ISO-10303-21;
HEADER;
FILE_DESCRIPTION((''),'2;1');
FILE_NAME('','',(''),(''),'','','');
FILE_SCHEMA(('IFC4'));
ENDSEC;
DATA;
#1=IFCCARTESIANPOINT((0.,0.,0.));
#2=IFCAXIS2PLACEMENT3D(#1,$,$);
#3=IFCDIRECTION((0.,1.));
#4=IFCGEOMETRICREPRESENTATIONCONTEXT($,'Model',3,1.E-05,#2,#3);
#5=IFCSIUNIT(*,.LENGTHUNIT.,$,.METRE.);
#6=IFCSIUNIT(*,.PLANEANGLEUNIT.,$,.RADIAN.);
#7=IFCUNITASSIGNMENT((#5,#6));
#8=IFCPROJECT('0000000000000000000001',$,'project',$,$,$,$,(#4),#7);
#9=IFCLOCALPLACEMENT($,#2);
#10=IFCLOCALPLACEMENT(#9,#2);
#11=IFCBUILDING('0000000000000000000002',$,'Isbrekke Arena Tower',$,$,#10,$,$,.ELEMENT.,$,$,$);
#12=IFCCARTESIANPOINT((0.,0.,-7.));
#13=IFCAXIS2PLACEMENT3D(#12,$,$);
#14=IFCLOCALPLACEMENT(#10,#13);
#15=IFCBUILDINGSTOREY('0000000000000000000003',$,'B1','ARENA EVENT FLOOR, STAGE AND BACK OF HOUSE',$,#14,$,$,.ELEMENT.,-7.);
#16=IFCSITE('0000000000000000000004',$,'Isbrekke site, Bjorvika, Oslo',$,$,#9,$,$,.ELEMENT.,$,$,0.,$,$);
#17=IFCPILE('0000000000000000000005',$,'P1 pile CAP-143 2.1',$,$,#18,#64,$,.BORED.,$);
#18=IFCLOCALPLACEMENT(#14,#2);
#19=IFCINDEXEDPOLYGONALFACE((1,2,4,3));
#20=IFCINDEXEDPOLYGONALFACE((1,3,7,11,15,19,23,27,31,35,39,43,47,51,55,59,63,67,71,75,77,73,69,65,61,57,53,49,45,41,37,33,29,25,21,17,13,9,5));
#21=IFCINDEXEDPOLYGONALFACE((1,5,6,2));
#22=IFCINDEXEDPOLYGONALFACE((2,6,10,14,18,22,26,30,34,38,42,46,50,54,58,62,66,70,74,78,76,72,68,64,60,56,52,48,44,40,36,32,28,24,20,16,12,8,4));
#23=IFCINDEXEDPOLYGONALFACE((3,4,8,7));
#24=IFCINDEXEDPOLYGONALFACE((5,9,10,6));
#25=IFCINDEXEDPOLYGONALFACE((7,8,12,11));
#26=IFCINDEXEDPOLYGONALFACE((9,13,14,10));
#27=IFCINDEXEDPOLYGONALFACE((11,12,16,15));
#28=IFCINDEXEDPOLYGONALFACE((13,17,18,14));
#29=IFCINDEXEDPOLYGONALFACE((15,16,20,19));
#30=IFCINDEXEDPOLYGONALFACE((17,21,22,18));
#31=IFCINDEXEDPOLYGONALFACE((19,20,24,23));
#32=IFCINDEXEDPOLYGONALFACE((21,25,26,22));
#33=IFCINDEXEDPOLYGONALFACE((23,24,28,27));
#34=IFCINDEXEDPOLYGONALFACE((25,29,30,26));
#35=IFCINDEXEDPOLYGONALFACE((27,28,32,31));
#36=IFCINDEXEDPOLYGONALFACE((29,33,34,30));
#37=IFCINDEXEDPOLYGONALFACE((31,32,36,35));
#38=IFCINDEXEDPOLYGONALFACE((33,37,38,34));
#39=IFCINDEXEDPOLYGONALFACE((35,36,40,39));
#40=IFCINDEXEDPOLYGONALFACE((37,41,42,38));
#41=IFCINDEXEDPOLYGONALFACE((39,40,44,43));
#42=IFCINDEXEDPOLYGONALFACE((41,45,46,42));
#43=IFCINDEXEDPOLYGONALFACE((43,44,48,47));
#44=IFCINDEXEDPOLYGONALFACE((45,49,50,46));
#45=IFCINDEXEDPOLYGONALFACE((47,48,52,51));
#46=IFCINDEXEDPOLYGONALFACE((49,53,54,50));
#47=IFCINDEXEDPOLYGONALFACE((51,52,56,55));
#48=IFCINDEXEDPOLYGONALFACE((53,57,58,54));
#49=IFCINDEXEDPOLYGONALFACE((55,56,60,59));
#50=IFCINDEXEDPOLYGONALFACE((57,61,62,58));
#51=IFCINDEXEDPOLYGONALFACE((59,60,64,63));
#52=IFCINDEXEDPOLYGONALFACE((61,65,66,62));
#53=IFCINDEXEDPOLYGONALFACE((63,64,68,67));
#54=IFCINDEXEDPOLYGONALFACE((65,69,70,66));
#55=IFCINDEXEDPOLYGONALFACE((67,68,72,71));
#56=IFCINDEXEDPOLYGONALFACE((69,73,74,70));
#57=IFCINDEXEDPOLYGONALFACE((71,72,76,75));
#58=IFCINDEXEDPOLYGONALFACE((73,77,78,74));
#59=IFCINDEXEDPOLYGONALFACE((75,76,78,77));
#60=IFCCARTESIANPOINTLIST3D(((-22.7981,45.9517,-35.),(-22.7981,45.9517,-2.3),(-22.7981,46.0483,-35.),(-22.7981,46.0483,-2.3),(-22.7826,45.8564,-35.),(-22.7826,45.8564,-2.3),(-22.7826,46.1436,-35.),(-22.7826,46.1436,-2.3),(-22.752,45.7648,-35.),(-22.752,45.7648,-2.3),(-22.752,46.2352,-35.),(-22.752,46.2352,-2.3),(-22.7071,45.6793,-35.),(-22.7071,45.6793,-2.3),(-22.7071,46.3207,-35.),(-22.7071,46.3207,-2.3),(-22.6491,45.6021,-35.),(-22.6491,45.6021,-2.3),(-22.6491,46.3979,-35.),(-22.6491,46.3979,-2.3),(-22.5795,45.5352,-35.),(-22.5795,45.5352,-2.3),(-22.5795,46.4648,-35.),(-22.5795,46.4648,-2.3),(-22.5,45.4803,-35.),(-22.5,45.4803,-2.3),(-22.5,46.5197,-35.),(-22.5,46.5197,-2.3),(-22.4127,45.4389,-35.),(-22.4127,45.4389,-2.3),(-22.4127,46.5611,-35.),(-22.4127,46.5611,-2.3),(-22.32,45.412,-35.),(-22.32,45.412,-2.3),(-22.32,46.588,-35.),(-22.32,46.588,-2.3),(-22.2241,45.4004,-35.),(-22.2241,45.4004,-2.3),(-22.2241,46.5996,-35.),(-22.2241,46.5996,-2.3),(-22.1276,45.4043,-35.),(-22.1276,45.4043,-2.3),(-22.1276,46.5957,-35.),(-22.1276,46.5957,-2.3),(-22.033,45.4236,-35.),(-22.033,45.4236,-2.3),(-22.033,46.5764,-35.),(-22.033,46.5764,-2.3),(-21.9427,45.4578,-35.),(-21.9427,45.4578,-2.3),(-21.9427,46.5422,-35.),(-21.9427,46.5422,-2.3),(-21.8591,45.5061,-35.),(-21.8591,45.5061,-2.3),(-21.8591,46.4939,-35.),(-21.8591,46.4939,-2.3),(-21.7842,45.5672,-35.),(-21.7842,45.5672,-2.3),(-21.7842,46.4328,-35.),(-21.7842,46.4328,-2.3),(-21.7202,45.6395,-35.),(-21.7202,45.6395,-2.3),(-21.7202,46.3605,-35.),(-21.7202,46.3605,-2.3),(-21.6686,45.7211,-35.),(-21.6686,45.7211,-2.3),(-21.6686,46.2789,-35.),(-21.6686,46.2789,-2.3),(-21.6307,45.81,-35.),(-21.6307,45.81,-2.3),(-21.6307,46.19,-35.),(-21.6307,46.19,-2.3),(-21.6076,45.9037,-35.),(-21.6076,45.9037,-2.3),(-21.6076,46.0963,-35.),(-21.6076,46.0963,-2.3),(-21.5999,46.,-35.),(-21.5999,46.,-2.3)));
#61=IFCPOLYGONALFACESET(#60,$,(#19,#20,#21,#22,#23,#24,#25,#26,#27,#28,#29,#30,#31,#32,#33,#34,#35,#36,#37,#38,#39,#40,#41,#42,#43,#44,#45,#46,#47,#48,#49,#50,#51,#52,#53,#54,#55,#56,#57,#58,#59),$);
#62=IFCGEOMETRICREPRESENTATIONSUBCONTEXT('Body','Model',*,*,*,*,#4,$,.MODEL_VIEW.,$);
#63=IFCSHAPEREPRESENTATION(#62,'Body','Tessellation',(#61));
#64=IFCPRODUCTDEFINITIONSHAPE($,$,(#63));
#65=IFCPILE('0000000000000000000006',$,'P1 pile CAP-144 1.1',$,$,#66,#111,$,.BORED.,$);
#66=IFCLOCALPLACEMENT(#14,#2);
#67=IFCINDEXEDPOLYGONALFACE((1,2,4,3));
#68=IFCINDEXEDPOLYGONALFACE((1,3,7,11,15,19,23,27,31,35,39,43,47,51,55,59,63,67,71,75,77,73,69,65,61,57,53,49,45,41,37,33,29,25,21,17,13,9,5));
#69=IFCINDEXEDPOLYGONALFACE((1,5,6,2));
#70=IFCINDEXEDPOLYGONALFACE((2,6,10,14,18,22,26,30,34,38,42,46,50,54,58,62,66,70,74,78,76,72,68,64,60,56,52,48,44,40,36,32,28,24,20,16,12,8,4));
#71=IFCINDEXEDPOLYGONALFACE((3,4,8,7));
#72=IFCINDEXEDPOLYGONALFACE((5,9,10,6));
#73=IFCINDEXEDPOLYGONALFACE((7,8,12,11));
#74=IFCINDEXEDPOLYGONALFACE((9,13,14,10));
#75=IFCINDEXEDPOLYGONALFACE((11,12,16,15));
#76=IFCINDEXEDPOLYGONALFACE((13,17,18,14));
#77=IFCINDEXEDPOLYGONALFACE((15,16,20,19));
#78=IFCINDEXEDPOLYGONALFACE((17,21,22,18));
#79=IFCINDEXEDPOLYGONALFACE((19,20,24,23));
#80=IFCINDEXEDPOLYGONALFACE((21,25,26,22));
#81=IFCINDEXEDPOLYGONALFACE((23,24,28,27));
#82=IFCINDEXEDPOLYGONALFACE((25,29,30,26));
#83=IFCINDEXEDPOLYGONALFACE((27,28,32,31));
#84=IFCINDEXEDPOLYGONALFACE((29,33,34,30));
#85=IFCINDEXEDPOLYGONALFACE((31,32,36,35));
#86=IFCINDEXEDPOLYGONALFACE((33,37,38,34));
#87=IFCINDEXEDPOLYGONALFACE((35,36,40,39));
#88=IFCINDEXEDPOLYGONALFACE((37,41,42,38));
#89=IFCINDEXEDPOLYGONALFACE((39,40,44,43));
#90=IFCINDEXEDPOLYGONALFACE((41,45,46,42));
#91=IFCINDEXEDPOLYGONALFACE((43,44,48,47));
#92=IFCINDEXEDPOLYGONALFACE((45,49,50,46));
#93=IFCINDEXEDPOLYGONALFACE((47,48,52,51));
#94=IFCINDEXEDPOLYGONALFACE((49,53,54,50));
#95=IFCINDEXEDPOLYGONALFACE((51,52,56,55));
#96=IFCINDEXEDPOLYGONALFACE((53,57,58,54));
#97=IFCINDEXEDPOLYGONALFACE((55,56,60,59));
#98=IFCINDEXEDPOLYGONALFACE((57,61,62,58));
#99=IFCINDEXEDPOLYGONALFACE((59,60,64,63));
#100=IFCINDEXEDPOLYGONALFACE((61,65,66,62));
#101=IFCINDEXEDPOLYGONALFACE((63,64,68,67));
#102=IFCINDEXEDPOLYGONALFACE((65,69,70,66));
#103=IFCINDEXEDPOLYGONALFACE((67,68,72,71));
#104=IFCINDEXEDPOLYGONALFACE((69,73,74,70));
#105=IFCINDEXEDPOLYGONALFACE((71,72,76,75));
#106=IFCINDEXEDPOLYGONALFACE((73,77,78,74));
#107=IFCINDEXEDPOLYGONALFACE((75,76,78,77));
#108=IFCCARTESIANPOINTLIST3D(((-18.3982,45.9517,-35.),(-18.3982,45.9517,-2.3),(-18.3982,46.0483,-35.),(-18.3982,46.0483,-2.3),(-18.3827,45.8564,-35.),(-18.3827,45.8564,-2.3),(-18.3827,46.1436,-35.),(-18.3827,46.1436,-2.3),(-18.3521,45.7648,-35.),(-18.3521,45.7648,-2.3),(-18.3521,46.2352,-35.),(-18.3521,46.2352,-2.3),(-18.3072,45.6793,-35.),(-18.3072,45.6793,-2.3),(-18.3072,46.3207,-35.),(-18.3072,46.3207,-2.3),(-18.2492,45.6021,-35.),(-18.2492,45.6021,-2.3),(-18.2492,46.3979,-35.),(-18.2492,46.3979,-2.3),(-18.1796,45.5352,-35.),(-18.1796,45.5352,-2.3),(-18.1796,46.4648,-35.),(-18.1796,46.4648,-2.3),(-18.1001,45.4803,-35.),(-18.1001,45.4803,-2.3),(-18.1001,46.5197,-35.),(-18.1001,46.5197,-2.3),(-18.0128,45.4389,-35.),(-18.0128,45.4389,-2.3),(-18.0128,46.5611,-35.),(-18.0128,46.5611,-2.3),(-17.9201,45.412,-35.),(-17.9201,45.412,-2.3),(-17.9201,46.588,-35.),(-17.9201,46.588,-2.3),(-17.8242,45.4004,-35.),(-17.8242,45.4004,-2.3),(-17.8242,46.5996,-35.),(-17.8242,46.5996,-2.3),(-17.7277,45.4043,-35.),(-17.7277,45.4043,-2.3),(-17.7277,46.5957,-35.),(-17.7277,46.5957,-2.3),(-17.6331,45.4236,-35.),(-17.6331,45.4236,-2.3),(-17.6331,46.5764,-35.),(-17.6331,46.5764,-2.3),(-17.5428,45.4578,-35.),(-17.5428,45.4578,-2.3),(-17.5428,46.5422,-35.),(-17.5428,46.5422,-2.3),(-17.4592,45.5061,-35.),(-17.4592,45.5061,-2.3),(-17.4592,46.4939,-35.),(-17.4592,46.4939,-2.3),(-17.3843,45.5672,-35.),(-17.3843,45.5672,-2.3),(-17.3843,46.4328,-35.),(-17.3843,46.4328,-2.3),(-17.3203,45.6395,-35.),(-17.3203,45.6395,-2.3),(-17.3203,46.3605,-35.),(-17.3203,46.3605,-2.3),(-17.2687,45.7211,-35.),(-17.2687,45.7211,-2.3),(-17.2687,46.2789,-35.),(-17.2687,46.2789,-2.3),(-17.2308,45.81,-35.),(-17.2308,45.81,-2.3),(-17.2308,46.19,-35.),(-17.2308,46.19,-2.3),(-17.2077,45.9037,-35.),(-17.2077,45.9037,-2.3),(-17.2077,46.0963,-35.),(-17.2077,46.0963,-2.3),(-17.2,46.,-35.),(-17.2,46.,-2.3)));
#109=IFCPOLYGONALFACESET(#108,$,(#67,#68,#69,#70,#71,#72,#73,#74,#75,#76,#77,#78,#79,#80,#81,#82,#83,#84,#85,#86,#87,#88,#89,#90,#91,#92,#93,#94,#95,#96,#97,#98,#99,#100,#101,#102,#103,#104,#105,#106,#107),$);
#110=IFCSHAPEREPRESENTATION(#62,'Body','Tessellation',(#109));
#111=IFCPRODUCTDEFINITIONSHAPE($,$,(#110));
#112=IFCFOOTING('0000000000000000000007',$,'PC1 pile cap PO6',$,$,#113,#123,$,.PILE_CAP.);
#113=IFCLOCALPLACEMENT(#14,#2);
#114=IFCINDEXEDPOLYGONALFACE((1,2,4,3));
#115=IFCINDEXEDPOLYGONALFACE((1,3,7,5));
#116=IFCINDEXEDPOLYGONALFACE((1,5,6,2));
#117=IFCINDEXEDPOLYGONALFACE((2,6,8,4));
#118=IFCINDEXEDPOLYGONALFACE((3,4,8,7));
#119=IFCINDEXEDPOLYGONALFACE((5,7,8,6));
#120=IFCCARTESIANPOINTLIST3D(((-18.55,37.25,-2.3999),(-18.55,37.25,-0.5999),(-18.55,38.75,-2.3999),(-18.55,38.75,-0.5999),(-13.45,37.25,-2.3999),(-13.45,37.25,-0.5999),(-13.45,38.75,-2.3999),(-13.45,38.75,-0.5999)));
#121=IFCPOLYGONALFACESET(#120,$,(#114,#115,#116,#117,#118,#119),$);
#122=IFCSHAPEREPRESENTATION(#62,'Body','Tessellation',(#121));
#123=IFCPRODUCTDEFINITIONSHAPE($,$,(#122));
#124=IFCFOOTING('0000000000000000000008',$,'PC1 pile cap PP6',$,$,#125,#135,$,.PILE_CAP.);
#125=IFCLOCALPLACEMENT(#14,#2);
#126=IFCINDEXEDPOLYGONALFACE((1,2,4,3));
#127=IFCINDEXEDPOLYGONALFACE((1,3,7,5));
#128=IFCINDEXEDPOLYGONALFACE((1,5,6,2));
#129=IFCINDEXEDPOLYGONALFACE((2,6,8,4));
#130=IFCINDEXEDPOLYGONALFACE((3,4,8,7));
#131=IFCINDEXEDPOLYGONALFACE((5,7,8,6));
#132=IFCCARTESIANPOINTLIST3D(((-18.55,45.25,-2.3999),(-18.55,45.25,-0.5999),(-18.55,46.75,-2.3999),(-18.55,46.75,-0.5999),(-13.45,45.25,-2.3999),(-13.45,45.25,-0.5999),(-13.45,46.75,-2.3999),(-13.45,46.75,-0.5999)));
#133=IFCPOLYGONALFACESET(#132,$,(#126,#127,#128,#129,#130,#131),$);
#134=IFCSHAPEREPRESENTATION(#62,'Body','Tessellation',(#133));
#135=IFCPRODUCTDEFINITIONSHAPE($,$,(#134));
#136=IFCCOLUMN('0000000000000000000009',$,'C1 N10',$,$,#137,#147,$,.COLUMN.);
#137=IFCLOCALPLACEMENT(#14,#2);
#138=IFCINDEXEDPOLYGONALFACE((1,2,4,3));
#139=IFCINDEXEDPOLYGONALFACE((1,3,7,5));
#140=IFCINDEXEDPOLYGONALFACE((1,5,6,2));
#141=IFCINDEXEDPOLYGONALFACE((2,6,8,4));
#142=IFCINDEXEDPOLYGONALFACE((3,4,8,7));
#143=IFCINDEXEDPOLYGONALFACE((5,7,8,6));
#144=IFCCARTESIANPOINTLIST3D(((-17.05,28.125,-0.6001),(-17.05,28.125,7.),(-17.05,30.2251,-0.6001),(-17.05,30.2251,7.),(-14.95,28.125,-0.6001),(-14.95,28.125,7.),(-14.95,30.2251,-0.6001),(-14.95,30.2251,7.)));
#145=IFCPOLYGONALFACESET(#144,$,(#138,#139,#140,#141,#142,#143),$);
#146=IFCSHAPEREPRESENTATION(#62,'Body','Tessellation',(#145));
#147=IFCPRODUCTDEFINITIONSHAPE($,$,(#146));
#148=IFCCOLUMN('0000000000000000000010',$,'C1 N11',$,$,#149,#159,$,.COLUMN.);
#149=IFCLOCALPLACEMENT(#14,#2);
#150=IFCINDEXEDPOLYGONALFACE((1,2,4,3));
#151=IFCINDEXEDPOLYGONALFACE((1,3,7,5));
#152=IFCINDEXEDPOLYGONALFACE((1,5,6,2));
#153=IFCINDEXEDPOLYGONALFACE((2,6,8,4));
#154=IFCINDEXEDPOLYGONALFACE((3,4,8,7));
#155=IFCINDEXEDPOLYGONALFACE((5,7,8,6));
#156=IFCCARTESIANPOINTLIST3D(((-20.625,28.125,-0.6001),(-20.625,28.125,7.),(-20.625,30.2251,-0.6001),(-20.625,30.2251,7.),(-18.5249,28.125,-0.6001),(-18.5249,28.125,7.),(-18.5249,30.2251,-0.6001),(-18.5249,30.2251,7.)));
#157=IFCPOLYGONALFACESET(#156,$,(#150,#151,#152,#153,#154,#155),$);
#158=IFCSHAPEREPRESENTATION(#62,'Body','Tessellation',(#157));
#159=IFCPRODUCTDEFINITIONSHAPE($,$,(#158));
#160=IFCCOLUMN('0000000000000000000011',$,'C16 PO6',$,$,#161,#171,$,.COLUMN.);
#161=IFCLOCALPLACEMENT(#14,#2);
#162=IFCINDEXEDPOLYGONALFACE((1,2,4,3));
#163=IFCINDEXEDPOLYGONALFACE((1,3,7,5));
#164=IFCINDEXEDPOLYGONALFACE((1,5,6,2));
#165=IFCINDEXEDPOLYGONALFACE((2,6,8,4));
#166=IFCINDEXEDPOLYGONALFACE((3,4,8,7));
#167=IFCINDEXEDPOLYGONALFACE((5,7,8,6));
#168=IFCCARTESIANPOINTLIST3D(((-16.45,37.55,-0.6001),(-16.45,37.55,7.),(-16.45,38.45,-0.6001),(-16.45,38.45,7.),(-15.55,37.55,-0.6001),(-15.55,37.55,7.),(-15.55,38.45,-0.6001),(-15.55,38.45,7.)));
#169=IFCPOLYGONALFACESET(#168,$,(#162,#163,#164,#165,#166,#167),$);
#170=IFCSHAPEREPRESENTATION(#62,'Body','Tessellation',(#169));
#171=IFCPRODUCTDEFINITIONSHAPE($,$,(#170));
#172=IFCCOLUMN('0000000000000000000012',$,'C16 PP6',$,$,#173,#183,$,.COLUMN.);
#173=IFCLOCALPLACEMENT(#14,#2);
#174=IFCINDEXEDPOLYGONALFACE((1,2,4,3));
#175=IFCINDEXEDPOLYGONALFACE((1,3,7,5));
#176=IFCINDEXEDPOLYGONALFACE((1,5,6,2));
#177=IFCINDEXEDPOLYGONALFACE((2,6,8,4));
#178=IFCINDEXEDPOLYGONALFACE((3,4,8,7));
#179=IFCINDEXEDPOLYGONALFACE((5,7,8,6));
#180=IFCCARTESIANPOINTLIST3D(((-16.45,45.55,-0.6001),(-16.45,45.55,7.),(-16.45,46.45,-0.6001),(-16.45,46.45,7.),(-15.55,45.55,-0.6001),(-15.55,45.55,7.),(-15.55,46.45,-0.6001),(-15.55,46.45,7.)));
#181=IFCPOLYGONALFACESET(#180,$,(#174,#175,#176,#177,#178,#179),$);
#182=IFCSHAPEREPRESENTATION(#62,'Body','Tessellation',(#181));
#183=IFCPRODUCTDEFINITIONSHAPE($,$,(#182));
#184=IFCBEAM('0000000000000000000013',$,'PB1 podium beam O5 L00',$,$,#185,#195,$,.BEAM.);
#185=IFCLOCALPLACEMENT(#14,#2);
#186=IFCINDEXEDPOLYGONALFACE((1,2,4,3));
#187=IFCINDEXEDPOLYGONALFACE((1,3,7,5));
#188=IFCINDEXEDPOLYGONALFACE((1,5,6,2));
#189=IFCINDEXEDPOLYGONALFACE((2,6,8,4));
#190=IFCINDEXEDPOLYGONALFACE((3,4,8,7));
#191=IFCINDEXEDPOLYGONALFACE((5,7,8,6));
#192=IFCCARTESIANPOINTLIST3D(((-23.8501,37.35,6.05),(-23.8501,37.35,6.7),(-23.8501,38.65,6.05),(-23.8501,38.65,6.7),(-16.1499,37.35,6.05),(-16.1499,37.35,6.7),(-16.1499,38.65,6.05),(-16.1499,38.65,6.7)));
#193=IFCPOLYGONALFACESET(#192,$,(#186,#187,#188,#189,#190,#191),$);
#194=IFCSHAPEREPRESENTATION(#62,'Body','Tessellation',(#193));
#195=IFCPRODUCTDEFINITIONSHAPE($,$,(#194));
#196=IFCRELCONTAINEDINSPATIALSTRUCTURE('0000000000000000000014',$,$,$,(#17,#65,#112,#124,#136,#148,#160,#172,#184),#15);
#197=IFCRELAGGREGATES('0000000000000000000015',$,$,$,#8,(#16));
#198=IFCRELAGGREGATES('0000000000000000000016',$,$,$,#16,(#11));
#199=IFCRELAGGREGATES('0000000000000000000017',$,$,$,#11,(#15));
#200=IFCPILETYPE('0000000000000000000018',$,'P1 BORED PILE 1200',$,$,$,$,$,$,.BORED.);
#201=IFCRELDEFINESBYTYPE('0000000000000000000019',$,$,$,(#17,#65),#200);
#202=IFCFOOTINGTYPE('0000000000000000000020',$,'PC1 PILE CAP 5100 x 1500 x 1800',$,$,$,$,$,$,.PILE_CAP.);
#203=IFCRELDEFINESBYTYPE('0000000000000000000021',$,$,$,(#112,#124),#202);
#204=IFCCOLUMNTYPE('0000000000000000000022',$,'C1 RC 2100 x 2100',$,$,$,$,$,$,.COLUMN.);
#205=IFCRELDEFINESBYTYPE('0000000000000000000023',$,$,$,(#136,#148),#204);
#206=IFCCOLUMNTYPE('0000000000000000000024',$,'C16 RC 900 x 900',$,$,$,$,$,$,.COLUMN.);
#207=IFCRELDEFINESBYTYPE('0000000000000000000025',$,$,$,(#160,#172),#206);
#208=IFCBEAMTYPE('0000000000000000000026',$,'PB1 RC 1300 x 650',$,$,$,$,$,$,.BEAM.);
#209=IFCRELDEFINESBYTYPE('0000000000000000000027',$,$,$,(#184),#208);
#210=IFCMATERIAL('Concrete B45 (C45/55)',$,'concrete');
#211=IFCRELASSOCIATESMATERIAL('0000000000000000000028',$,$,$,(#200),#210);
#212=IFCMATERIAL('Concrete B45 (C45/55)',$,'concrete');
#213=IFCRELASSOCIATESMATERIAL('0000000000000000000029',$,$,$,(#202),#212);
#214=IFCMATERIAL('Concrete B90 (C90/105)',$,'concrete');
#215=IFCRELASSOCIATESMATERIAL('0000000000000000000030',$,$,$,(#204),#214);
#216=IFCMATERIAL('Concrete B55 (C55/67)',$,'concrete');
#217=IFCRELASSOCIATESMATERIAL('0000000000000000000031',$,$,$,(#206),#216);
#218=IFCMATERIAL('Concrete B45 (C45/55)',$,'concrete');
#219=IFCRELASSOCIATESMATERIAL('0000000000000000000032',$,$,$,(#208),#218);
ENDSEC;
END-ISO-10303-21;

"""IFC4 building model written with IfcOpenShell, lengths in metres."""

from ifc_helpers import new_model, si_unit, direction, frame, origin, origin_2d, place, context, subcontext, project, spatial, rectangle, circle, extrude, material, material_profile, profile_set, type_object, element, save


model = new_model("IFC4")

# Units and contexts
model_context = context("Model", 3, precision=1e-05, world=origin(), true_north=direction((0.0, 1.0)))
body_context = subcontext(model_context, "Body", "Model", "MODEL_VIEW")
ifc_project = project(units=[si_unit("LENGTHUNIT", "METRE"), si_unit("PLANEANGLEUNIT", "RADIAN")], contexts=[model_context])

# Site, building, storey
site_placement = place(None, origin())
site = spatial("IfcSite", under=ifc_project, at=site_placement, Name="Isbrekke site, Bjorvika, Oslo", CompositionType="ELEMENT", RefElevation=0.0)
building_placement = place(site_placement, origin())
building = spatial("IfcBuilding", under=site, at=building_placement, Name="Isbrekke Arena Tower", CompositionType="ELEMENT")
storey_placement = place(building_placement, frame((0.0, 0.0, -7.0)))
storey = spatial("IfcBuildingStorey", under=building, at=storey_placement, Name="B1", Description="ARENA EVENT FLOOR, STAGE AND BACK OF HOUSE", CompositionType="ELEMENT", Elevation=-7.0)

# Piles
ifc_material_1 = material(Name="Concrete B45 (C45/55)", Category="concrete")
ifc_material_profile_1 = material_profile(ifc_material_1, circle(Radius=0.6001, at=origin_2d()), Name="BORED PILE D1200")
ifc_profile_set_1 = profile_set([ifc_material_profile_1], Name="Concrete B45 (C45/55)")
pile_type = type_object("IfcPileType", Name="P1 BORED PILE 1200", PredefinedType="BORED", material=ifc_profile_set_1)
for number, where, z_axis, x_axis, name in (
    (1, (-22.2, 46.0, -2.3), (0.0, 0.0, -1.0), (1.0, 0.0, 0.0), "P1 pile CAP-143 2.1"),
    (2, (-17.8, 46.0, -2.3), (0.0, 0.0, -1.0), (1.0, 0.0, 0.0), "P1 pile CAP-144 1.1"),
):
    element("IfcPile", number, at=place(storey_placement, frame(where, z_axis=z_axis, x_axis=x_axis)), inside=storey, type_object=pile_type, Name=name, PredefinedType="BORED", context=body_context, shape_type="SweptSolid", body=[
        extrude(circle(Radius=0.6001, at=origin_2d()), origin(), (0.0, 0.0, 1.0), 32.7),
    ])

# Footings
ifc_material_2 = material(Name="Concrete B45 (C45/55)", Category="concrete")
footing_type = type_object("IfcFootingType", Name="PC1 PILE CAP 5100 x 1500 x 1800", PredefinedType="PILE_CAP", material=ifc_material_2)
for number, where, z_axis, x_axis, name in (
    (3, (-16.0, 38.0, -2.3999), (0.0, 0.0, 1.0), (1.0, 0.0, 0.0), "PC1 pile cap PO6"),
    (4, (-16.0, 46.0, -2.3999), (0.0, 0.0, 1.0), (1.0, 0.0, 0.0), "PC1 pile cap PP6"),
):
    element("IfcFooting", number, at=place(storey_placement, frame(where, z_axis=z_axis, x_axis=x_axis)), inside=storey, type_object=footing_type, Name=name, PredefinedType="PILE_CAP", context=body_context, shape_type="SweptSolid", body=[
        extrude(rectangle(XDim=5.1001, YDim=1.5, at=origin_2d()), origin(), (0.0, 0.0, 1.0), 1.8),
    ])

# Columns
ifc_material_3 = material(Name="Concrete B90 (C90/105)", Category="concrete")
ifc_material_profile_2 = material_profile(ifc_material_3, rectangle(XDim=2.1001, YDim=2.1001, at=origin_2d()), Name="RC 2100x2100")
ifc_profile_set_2 = profile_set([ifc_material_profile_2], Name="Concrete B90 (C90/105)")
column_type_1 = type_object("IfcColumnType", Name="C1 RC 2100 x 2100", PredefinedType="COLUMN", material=ifc_profile_set_2)
for number, where, z_axis, x_axis, name in (
    (5, (-16.0, 29.175, -0.6001), (0.0, 0.0, 1.0), (-1.0, 0.0, 0.0), "C1 N10"),
    (6, (-19.575, 29.175, -0.6001), (0.0, 0.0, 1.0), (-1.0, 0.0, 0.0), "C1 N11"),
):
    element("IfcColumn", number, at=place(storey_placement, frame(where, z_axis=z_axis, x_axis=x_axis)), inside=storey, type_object=column_type_1, Name=name, PredefinedType="COLUMN", context=body_context, shape_type="SweptSolid", body=[
        extrude(rectangle(XDim=2.1001, YDim=2.1001, at=origin_2d()), origin(), (0.0, 0.0, 1.0), 7.6001),
    ])
ifc_material_4 = material(Name="Concrete B55 (C55/67)", Category="concrete")
ifc_material_profile_3 = material_profile(ifc_material_4, rectangle(XDim=0.8999, YDim=0.8999, at=origin_2d()), Name="RC 900x900")
ifc_profile_set_3 = profile_set([ifc_material_profile_3], Name="Concrete B55 (C55/67)")
column_type_2 = type_object("IfcColumnType", Name="C16 RC 900 x 900", PredefinedType="COLUMN", material=ifc_profile_set_3)
for number, where, z_axis, x_axis, name in (
    (7, (-16.0, 38.0, -0.6001), (0.0, 0.0, 1.0), (1.0, 0.0, 0.0), "C16 PO6"),
    (8, (-16.0, 46.0, -0.6001), (0.0, 0.0, 1.0), (1.0, 0.0, 0.0), "C16 PP6"),
):
    element("IfcColumn", number, at=place(storey_placement, frame(where, z_axis=z_axis, x_axis=x_axis)), inside=storey, type_object=column_type_2, Name=name, PredefinedType="COLUMN", context=body_context, shape_type="SweptSolid", body=[
        extrude(rectangle(XDim=0.8999, YDim=0.8999, at=origin_2d()), origin(), (0.0, 0.0, 1.0), 7.6001),
    ])

# Beam
ifc_material_5 = material(Name="Concrete B45 (C45/55)", Category="concrete")
ifc_material_profile_4 = material_profile(ifc_material_5, rectangle(XDim=1.3, YDim=0.6499, at=origin_2d()), Name="RC 1300x650")
ifc_profile_set_4 = profile_set([ifc_material_profile_4], Name="Concrete B45 (C45/55)")
beam_type = type_object("IfcBeamType", Name="PB1 RC 1300 x 650", PredefinedType="BEAM", material=ifc_profile_set_4)
for number, where, z_axis, x_axis, name in (
    (9, (-23.8501, 38.0, 6.375), (1.0, 0.0, 0.0), (0.0, 1.0, 0.0), "PB1 podium beam O5 L00"),
):
    element("IfcBeam", number, at=place(storey_placement, frame(where, z_axis=z_axis, x_axis=x_axis)), inside=storey, type_object=beam_type, Name=name, PredefinedType="BEAM", context=body_context, shape_type="SweptSolid", body=[
        extrude(rectangle(XDim=1.3, YDim=0.6499, at=origin_2d()), origin(), (0.0, 0.0, 1.0), 7.7002),
    ])

save(model, "model.ifc")
